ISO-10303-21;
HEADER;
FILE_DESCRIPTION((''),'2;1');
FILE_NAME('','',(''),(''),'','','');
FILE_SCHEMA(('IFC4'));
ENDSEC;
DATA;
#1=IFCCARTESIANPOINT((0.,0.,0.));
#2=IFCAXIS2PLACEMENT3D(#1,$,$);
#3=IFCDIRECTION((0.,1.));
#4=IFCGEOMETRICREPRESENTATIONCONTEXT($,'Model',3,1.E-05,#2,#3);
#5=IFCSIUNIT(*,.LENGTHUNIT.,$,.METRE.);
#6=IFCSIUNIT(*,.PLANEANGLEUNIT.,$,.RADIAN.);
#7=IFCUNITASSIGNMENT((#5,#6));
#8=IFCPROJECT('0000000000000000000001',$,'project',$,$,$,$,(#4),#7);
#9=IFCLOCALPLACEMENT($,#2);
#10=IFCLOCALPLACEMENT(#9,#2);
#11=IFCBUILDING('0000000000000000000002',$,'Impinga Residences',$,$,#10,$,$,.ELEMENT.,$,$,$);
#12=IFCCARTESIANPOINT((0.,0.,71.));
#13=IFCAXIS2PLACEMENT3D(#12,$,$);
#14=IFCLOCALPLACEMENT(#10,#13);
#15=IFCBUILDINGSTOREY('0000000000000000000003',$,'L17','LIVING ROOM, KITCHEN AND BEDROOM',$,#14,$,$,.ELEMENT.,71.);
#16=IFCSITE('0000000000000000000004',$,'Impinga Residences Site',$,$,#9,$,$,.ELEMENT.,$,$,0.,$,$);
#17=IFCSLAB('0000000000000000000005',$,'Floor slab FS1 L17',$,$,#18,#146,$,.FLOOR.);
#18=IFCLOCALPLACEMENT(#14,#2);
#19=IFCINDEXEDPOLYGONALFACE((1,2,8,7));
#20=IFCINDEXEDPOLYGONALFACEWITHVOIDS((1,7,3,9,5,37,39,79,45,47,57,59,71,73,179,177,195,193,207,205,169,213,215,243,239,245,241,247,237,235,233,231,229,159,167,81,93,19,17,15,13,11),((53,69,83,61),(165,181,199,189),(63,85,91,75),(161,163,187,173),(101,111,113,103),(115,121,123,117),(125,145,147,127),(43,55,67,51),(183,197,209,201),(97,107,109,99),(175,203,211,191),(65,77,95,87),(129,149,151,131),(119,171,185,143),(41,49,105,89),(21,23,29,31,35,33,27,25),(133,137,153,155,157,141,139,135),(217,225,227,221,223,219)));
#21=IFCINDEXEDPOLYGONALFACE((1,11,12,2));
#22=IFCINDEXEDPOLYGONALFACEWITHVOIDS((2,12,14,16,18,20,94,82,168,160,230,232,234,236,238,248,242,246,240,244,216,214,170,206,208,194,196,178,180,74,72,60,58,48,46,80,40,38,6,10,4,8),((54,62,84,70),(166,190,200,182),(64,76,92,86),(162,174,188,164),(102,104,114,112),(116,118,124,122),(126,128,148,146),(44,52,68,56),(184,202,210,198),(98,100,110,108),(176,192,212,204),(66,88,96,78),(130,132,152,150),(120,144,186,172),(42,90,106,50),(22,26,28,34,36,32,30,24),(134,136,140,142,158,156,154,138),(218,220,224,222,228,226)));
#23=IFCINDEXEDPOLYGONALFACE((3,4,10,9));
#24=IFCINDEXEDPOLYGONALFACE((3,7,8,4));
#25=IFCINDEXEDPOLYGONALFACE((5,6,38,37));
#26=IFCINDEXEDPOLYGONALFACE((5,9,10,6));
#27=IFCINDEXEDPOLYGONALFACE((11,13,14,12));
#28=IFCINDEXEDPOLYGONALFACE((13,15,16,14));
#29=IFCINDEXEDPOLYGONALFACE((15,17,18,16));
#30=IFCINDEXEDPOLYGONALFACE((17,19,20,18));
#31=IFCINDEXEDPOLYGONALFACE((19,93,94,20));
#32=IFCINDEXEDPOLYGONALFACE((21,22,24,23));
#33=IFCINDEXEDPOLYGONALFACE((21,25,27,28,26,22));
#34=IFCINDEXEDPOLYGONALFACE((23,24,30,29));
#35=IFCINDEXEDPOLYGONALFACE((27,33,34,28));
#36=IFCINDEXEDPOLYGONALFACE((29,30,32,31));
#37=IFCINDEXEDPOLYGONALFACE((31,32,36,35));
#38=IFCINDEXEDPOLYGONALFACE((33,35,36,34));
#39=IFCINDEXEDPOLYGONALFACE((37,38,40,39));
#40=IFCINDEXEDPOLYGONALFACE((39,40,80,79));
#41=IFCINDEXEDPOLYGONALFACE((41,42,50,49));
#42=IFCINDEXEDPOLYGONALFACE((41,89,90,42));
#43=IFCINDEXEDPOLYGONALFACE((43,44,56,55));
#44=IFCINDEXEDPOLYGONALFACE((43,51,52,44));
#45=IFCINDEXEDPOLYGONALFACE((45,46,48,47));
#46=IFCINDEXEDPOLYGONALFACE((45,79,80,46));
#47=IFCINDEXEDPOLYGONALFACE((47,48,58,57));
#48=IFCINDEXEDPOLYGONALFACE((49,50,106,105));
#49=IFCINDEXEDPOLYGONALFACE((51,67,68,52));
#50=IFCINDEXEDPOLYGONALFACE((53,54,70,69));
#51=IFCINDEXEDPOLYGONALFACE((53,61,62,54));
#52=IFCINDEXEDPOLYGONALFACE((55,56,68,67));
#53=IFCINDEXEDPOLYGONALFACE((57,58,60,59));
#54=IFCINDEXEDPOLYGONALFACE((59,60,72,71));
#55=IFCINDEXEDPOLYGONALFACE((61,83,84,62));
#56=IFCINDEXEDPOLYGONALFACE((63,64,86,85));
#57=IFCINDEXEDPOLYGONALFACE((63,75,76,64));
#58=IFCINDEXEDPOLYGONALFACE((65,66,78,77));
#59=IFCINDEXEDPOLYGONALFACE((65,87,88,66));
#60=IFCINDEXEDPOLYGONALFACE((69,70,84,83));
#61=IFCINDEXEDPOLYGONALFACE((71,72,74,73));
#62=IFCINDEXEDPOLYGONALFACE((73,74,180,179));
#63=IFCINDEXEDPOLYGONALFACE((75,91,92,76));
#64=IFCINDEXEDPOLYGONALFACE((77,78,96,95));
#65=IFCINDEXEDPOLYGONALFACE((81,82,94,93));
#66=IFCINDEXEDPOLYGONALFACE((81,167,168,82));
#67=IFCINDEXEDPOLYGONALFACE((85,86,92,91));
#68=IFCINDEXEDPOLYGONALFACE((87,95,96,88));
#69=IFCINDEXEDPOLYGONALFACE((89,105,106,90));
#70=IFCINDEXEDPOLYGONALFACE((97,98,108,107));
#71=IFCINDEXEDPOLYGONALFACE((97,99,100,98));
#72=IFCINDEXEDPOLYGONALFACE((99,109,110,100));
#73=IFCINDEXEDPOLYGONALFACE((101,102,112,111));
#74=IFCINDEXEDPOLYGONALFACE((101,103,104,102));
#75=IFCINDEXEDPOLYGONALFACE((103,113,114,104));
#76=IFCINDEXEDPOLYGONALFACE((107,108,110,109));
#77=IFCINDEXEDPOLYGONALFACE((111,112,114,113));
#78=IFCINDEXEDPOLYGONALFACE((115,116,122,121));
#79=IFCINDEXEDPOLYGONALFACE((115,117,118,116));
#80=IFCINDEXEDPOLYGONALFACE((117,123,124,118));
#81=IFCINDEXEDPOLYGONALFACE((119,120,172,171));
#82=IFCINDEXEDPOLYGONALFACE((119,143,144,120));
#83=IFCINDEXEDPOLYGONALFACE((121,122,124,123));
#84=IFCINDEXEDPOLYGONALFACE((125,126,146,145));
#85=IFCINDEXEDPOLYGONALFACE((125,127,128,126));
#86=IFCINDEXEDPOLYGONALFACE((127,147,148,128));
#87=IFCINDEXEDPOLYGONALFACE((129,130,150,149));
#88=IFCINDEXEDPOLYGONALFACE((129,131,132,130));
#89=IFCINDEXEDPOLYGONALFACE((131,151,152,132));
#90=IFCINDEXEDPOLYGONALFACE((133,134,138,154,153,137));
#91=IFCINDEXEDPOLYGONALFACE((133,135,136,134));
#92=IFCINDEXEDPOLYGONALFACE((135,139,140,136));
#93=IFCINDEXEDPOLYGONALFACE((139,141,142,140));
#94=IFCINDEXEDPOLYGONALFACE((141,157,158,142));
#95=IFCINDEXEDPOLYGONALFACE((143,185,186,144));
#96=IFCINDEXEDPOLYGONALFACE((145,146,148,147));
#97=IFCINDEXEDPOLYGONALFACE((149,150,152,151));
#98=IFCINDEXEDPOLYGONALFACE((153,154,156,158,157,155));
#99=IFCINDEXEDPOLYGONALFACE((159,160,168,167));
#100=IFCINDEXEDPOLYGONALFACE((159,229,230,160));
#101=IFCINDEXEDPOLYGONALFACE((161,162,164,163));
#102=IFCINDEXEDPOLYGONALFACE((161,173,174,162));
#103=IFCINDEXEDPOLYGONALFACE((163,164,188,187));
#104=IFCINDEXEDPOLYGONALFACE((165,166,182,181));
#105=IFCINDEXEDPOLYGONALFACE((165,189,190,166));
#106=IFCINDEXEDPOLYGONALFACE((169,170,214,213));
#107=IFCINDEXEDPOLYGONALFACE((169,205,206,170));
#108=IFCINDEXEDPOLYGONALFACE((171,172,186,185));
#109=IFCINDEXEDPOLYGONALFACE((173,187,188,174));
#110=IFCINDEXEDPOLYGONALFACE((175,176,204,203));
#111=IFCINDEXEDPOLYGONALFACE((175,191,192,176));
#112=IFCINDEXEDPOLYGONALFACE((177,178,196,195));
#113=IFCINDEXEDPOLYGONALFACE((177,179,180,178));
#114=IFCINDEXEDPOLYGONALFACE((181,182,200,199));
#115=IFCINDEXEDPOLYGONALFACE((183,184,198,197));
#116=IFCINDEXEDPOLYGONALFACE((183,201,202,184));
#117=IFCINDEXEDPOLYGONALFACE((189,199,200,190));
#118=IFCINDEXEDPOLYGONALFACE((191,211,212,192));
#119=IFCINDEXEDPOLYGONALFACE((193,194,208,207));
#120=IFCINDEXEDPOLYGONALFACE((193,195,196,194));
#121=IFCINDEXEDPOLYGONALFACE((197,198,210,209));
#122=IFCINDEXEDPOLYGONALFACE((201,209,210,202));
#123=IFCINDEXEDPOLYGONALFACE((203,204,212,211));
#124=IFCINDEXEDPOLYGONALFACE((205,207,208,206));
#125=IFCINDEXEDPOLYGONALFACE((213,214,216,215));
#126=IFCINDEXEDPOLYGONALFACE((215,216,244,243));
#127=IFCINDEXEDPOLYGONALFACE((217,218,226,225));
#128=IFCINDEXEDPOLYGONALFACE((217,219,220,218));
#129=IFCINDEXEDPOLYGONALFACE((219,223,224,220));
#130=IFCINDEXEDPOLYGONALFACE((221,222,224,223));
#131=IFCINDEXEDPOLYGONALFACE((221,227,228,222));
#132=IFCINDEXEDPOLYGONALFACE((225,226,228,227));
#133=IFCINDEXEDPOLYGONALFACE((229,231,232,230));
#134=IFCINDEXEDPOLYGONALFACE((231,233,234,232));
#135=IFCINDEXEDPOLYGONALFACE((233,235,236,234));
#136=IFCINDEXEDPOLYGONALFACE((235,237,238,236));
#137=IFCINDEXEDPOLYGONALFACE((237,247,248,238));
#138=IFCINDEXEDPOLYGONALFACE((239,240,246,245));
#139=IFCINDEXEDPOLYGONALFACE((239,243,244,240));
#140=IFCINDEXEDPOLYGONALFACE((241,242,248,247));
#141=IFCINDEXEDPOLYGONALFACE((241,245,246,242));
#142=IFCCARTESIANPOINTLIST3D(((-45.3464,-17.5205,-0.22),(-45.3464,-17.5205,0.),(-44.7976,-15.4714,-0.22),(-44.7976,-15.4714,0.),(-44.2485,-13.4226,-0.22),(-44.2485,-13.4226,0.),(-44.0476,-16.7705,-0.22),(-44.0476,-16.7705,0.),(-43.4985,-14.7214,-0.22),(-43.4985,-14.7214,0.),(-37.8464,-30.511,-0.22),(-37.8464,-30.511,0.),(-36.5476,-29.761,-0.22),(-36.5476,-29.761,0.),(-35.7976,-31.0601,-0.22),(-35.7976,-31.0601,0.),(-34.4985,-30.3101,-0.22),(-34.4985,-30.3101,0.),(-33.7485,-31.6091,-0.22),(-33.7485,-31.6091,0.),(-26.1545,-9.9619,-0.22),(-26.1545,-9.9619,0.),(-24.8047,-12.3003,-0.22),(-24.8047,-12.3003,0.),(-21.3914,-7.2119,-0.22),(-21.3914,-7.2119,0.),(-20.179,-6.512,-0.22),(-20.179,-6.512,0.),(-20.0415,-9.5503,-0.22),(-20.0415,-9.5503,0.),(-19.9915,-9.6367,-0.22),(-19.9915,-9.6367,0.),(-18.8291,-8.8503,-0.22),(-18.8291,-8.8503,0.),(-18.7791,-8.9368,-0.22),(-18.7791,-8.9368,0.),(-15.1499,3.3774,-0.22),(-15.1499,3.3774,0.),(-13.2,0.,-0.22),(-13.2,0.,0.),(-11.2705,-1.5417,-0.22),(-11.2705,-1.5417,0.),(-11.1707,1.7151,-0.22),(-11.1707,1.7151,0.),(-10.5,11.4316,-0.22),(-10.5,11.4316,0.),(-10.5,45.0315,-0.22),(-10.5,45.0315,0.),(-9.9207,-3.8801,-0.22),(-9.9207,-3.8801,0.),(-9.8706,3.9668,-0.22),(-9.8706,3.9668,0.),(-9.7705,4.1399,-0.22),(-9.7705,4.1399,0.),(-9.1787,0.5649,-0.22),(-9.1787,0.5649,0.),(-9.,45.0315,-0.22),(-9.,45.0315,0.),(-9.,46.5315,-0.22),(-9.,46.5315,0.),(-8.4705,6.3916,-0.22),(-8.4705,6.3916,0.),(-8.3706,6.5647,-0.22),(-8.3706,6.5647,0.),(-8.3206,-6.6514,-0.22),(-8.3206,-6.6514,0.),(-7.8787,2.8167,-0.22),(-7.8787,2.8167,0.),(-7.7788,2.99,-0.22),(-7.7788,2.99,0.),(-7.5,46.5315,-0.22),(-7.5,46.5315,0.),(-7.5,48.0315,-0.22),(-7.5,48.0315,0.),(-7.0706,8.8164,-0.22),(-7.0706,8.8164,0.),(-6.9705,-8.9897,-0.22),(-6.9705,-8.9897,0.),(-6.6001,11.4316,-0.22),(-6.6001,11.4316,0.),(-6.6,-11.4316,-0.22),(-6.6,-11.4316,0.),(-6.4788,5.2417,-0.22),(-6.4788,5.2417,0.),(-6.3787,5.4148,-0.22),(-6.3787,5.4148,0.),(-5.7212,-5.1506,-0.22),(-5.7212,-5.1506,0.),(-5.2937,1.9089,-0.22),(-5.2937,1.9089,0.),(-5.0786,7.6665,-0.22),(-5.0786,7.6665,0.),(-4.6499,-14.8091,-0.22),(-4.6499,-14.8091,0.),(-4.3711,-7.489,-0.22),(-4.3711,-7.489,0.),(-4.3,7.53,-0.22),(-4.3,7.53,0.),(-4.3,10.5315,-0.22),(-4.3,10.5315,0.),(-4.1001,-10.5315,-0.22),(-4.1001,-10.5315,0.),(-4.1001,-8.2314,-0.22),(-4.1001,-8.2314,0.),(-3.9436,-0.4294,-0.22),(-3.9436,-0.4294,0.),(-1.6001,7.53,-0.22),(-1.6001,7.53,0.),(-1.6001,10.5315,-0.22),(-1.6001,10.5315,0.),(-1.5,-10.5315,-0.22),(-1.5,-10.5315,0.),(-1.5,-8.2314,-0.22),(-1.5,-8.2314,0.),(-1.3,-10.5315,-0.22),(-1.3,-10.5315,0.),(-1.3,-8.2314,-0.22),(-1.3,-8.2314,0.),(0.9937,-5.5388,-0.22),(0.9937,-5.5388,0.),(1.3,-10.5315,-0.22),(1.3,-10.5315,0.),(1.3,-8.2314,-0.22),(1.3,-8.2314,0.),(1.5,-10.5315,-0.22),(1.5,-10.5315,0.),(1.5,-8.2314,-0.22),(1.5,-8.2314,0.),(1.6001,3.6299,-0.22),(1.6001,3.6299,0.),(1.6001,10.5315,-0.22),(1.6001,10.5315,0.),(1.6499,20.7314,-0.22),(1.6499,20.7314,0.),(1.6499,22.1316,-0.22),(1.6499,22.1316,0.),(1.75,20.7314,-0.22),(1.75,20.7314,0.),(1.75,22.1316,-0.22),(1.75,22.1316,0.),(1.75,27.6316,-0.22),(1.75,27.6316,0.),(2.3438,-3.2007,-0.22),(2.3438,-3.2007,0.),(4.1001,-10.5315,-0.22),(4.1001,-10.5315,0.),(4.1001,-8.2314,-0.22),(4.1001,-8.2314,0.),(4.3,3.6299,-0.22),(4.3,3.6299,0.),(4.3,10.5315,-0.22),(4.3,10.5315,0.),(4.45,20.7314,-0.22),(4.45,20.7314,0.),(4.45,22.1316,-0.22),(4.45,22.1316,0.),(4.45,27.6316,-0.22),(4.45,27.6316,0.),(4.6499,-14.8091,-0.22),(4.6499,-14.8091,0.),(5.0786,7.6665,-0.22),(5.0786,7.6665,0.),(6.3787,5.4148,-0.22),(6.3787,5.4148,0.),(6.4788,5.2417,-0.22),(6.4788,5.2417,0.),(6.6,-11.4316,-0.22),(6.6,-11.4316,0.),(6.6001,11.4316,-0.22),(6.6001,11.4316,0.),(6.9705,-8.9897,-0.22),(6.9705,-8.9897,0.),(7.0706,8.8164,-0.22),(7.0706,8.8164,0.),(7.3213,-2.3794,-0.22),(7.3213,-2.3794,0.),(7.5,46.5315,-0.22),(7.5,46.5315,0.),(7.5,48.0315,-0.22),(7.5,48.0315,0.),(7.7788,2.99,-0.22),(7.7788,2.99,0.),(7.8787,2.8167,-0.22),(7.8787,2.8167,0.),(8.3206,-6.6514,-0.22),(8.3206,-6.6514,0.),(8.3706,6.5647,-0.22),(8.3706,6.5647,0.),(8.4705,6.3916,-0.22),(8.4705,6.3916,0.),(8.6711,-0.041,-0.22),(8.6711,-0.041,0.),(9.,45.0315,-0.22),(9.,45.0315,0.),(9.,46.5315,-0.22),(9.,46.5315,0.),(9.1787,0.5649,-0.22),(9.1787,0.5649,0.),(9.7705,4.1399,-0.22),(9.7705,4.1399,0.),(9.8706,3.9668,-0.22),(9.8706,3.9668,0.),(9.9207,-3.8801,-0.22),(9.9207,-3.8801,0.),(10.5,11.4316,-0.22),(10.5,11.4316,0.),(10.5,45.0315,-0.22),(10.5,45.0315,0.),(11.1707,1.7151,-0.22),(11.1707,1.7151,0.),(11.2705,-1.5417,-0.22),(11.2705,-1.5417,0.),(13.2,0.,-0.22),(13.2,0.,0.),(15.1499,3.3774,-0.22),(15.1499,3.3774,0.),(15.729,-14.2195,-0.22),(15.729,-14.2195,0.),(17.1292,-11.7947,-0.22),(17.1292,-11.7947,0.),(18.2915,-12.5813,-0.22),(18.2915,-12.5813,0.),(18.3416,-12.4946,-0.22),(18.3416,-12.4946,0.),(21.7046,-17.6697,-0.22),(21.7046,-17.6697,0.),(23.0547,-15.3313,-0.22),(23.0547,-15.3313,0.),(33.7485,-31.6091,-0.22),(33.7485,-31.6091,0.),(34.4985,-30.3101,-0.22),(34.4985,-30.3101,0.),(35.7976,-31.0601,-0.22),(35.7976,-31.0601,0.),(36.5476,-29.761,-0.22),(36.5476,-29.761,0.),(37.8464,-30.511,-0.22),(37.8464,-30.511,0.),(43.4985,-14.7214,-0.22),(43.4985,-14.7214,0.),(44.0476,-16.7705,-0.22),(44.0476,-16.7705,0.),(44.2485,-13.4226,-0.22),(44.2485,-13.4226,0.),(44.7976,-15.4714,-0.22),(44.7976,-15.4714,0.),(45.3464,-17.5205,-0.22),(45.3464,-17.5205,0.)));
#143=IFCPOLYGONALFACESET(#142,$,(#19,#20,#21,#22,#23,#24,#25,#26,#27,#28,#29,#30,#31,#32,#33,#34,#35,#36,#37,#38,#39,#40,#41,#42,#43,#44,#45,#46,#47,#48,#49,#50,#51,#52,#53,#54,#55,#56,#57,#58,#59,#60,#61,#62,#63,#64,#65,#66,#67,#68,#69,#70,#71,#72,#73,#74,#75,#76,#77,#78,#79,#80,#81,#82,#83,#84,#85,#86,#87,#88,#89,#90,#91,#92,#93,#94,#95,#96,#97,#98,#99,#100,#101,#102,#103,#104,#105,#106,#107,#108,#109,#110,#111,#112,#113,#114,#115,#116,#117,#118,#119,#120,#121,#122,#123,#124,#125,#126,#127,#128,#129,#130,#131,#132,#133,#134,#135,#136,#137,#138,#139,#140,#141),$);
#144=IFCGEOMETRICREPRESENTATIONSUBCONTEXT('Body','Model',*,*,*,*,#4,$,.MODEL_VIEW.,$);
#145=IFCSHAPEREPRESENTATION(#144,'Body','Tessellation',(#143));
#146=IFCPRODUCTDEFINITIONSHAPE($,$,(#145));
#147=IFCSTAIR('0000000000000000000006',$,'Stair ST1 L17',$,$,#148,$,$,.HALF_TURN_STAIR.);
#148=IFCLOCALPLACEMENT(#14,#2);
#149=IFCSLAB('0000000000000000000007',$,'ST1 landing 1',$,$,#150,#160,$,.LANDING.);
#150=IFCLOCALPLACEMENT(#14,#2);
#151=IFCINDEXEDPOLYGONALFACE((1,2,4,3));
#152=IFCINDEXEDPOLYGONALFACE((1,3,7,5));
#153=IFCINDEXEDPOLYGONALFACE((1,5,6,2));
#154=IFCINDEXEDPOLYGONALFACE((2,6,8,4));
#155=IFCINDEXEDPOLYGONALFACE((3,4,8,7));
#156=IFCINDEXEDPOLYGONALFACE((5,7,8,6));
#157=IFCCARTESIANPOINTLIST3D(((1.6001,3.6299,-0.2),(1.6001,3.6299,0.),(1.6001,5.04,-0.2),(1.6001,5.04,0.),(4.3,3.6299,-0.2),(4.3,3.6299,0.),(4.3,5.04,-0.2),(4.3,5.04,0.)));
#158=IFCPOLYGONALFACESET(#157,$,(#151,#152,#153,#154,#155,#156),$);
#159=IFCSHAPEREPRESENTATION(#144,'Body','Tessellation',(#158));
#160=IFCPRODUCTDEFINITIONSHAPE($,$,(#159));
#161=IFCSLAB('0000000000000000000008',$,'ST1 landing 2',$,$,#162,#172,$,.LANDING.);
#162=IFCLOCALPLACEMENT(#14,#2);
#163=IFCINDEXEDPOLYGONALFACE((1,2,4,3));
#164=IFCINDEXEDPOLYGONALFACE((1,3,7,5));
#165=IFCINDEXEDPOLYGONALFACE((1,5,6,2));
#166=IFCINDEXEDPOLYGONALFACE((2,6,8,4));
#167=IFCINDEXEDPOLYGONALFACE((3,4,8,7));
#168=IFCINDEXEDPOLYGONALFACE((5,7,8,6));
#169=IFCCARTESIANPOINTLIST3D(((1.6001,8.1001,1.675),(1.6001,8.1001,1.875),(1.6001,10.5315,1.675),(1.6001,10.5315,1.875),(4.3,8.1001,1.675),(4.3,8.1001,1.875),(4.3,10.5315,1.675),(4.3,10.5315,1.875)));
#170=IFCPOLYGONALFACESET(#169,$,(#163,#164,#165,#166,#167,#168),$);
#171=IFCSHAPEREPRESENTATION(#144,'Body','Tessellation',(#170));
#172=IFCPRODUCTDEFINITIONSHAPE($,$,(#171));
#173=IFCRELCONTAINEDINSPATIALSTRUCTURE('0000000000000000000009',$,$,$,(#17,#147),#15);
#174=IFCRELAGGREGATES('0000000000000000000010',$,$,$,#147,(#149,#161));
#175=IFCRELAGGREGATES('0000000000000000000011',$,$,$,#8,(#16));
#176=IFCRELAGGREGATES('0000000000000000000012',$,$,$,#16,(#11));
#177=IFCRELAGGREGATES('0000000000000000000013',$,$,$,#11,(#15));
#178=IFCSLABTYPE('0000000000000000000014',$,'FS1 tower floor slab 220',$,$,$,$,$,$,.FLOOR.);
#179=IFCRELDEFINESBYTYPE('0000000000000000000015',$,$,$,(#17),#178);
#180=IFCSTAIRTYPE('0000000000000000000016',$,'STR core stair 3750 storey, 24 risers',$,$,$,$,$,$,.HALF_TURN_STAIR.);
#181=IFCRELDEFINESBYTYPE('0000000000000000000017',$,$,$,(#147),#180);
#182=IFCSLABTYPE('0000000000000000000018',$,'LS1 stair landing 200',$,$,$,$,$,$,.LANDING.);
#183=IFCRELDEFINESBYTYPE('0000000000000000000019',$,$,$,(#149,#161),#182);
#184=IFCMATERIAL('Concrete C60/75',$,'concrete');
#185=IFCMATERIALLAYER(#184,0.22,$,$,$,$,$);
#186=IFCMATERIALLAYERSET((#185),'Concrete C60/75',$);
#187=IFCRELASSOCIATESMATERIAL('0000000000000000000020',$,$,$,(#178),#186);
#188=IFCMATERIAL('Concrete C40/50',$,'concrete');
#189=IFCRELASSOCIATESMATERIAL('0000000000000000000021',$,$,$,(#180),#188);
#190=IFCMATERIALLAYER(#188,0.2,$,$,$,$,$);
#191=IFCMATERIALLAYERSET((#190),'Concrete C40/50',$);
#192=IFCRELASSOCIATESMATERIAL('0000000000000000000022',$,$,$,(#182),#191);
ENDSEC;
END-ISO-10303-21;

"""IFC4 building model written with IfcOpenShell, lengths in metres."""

from ifc_helpers import new_model, si_unit, direction, frame, origin, place, context, subcontext, project, spatial, polyline, outline, extrude, material, layer, layer_set, type_object, element, aggregate, save


model = new_model("IFC4")

# Units and contexts
model_context = context("Model", 3, precision=1e-05, world=origin(), true_north=direction((0.0, 1.0)))
body_context = subcontext(model_context, "Body", "Model", "MODEL_VIEW")
ifc_project = project(units=[si_unit("LENGTHUNIT", "METRE"), si_unit("PLANEANGLEUNIT", "RADIAN")], contexts=[model_context])

# Site, building, storey
site_placement = place(None, origin())
site = spatial("IfcSite", under=ifc_project, at=site_placement, Name="Impinga Residences Site", CompositionType="ELEMENT", RefElevation=0.0)
building_placement = place(site_placement, origin())
building = spatial("IfcBuilding", under=site, at=building_placement, Name="Impinga Residences", CompositionType="ELEMENT")
storey_placement = place(building_placement, frame((0.0, 0.0, 71.0)))
storey = spatial("IfcBuildingStorey", under=building, at=storey_placement, Name="L17", Description="LIVING ROOM, KITCHEN AND BEDROOM", CompositionType="ELEMENT", Elevation=71.0)

# Slab
ifc_material_1 = material(Name="Concrete C60/75", Category="concrete")
ifc_layer_1 = layer(ifc_material_1, 0.22)
ifc_layer_set_1 = layer_set([ifc_layer_1], Name="Concrete C60/75")
slab_type_1 = type_object("IfcSlabType", Name="FS1 tower floor slab 220", PredefinedType="FLOOR", material=ifc_layer_set_1)
slab_1_placement = place(storey_placement, frame((0.0, 0.0, -0.22)))
element("IfcSlab", 1, at=slab_1_placement, inside=storey, type_object=slab_type_1, Name="Floor slab FS1 L17", PredefinedType="FLOOR", context=body_context, shape_type="SweptSolid", body=[
    extrude(outline(polyline([(-34.4985, -30.3101), (-35.7976, -31.0601), (-36.5476, -29.761), (-37.8464, -30.511), (-45.3464, -17.5205), (-44.0476, -16.7705), (-44.7976, -15.4714), (-43.4985, -14.7214), (-44.2485, -13.4226), (-15.1499, 3.3774), (-13.2, 0.0), (-6.6001, 11.4316), (-10.5, 11.4316), (-10.5, 45.0315), (-9.0, 45.0315), (-9.0, 46.5315), (-7.5, 46.5315), (-7.5, 48.0315), (7.5, 48.0315), (7.5, 46.5315), (9.0, 46.5315), (9.0, 45.0315), (10.5, 45.0315), (10.5, 11.4316), (6.6001, 11.4316), (13.2, 0.0), (15.1499, 3.3774), (44.2485, -13.4226), (43.4985, -14.7214), (44.7976, -15.4714), (44.0476, -16.7705), (45.3464, -17.5205), (37.8464, -30.511), (36.5476, -29.761), (35.7976, -31.0601), (34.4985, -30.3101), (33.7485, -31.6091), (4.6499, -14.8091), (9.9001, -5.7158), (6.6001, -11.4316), (-6.6001, -11.4316), (-9.9001, -5.7158), (-4.6499, -14.8091), (-33.7485, -31.6091), (-34.4985, -30.3101)]), holes=[polyline([(-21.3914, -7.2119), (-26.1545, -9.9619), (-24.8047, -12.3003), (-20.0415, -9.5503), (-19.9915, -9.6367), (-18.7791, -8.9368), (-18.8291, -8.8503), (-18.8291, -8.8503), (-20.179, -6.512), (-21.3914, -7.2119), (-21.3914, -7.2119)]), polyline([(-1.5, -8.2314), (-4.1001, -8.2314), (-4.1001, -10.5315), (-1.5, -10.5315), (-1.5, -8.2314)]), polyline([(1.3, -8.2314), (-1.3, -8.2314), (-1.3, -10.5315), (1.3, -10.5315), (1.3, -8.2314)]), polyline([(1.5, -8.2314), (1.5, -10.5315), (4.1001, -10.5315), (4.1001, -8.2314), (1.5, -8.2314)]), polyline([(-5.7212, -5.1506), (-8.3206, -6.6514), (-6.9705, -8.9897), (-4.3711, -7.489), (-5.7212, -5.1506)]), polyline([(-3.9436, -0.4294), (-5.2937, 1.9089), (-11.2705, -1.5417), (-9.9207, -3.8801), (-3.9436, -0.4294)]), polyline([(-9.1787, 0.5649), (-7.8787, 2.8167), (-9.8706, 3.9668), (-11.1707, 1.7151), (-9.1787, 0.5649)]), polyline([(-6.4788, 5.2417), (-8.4705, 6.3916), (-9.7705, 4.1399), (-7.7788, 2.99), (-6.4788, 5.2417)]), polyline([(-6.3787, 5.4148), (-5.0786, 7.6665), (-7.0706, 8.8164), (-8.3706, 6.5647), (-6.3787, 5.4148)]), polyline([(-4.3, 7.53), (-1.6001, 7.53), (-1.6001, 10.5315), (-4.3, 10.5315), (-4.3, 7.53)]), polyline([(15.729, -14.2195), (21.7046, -17.6697), (23.0547, -15.3313), (18.2915, -12.5813), (18.3416, -12.4946), (17.1292, -11.7947), (15.729, -14.2195)]), polyline([(0.9937, -5.5388), (6.9705, -8.9897), (8.3206, -6.6514), (2.3438, -3.2007), (0.9937, -5.5388)]), polyline([(8.6711, -0.041), (7.3213, -2.3794), (9.9207, -3.8801), (11.2705, -1.5417), (8.6711, -0.041)]), polyline([(7.8787, 2.8167), (9.1787, 0.5649), (11.1707, 1.7151), (9.8706, 3.9668), (7.8787, 2.8167)]), polyline([(7.7788, 2.99), (9.7705, 4.1399), (8.4705, 6.3916), (6.4788, 5.2417), (7.7788, 2.99)]), polyline([(1.6001, 3.6299), (4.3, 3.6299), (4.3, 10.5315), (1.6001, 10.5315), (1.6001, 3.6299)]), polyline([(5.0786, 7.6665), (6.3787, 5.4148), (8.3706, 6.5647), (7.0706, 8.8164), (5.0786, 7.6665)]), polyline([(1.75, 22.1316), (1.6499, 22.1316), (1.6499, 20.7314), (1.75, 20.7314), (4.45, 20.7314), (4.45, 22.1316), (4.45, 27.6316), (1.75, 27.6316), (1.75, 22.1316)])]), origin(), (0.0, 0.0, 1.0), 0.22),
])

# Stair, slabs
ifc_material_2 = material(Name="Concrete C40/50", Category="concrete")
stair_type = type_object("IfcStairType", Name="STR core stair 3750 storey, 24 risers", PredefinedType="HALF_TURN_STAIR", material=ifc_material_2)
stair_1_placement = place(storey_placement, origin())
stair_1 = element("IfcStair", 2, at=stair_1_placement, inside=storey, type_object=stair_type, Name="Stair ST1 L17", PredefinedType="HALF_TURN_STAIR")
ifc_layer_2 = layer(ifc_material_2, 0.2)
ifc_layer_set_2 = layer_set([ifc_layer_2], Name="Concrete C40/50")
slab_type_2 = type_object("IfcSlabType", Name="LS1 stair landing 200", PredefinedType="LANDING", material=ifc_layer_set_2)
slab_2_placement = place(storey_placement, frame((0.0, 0.0, -0.2)))
slab_2 = element("IfcSlab", 3, at=slab_2_placement, type_object=slab_type_2, Name="ST1 landing 1", PredefinedType="LANDING", context=body_context, shape_type="SweptSolid", body=[
    extrude(outline(polyline([(1.6001, 3.6299), (4.3, 3.6299), (4.3, 5.04), (1.6001, 5.04), (1.6001, 3.6299)])), origin(), (0.0, 0.0, 1.0), 0.2),
])
slab_3_placement = place(storey_placement, frame((0.0, 0.0, 1.675)))
slab_3 = element("IfcSlab", 4, at=slab_3_placement, type_object=slab_type_2, Name="ST1 landing 2", PredefinedType="LANDING", context=body_context, shape_type="SweptSolid", body=[
    extrude(outline(polyline([(1.6001, 8.1001), (4.3, 8.1001), (4.3, 10.5315), (1.6001, 10.5315), (1.6001, 8.1001)])), origin(), (0.0, 0.0, 1.0), 0.2),
])
aggregate(stair_1, [slab_2, slab_3])

save(model, "model.ifc")
